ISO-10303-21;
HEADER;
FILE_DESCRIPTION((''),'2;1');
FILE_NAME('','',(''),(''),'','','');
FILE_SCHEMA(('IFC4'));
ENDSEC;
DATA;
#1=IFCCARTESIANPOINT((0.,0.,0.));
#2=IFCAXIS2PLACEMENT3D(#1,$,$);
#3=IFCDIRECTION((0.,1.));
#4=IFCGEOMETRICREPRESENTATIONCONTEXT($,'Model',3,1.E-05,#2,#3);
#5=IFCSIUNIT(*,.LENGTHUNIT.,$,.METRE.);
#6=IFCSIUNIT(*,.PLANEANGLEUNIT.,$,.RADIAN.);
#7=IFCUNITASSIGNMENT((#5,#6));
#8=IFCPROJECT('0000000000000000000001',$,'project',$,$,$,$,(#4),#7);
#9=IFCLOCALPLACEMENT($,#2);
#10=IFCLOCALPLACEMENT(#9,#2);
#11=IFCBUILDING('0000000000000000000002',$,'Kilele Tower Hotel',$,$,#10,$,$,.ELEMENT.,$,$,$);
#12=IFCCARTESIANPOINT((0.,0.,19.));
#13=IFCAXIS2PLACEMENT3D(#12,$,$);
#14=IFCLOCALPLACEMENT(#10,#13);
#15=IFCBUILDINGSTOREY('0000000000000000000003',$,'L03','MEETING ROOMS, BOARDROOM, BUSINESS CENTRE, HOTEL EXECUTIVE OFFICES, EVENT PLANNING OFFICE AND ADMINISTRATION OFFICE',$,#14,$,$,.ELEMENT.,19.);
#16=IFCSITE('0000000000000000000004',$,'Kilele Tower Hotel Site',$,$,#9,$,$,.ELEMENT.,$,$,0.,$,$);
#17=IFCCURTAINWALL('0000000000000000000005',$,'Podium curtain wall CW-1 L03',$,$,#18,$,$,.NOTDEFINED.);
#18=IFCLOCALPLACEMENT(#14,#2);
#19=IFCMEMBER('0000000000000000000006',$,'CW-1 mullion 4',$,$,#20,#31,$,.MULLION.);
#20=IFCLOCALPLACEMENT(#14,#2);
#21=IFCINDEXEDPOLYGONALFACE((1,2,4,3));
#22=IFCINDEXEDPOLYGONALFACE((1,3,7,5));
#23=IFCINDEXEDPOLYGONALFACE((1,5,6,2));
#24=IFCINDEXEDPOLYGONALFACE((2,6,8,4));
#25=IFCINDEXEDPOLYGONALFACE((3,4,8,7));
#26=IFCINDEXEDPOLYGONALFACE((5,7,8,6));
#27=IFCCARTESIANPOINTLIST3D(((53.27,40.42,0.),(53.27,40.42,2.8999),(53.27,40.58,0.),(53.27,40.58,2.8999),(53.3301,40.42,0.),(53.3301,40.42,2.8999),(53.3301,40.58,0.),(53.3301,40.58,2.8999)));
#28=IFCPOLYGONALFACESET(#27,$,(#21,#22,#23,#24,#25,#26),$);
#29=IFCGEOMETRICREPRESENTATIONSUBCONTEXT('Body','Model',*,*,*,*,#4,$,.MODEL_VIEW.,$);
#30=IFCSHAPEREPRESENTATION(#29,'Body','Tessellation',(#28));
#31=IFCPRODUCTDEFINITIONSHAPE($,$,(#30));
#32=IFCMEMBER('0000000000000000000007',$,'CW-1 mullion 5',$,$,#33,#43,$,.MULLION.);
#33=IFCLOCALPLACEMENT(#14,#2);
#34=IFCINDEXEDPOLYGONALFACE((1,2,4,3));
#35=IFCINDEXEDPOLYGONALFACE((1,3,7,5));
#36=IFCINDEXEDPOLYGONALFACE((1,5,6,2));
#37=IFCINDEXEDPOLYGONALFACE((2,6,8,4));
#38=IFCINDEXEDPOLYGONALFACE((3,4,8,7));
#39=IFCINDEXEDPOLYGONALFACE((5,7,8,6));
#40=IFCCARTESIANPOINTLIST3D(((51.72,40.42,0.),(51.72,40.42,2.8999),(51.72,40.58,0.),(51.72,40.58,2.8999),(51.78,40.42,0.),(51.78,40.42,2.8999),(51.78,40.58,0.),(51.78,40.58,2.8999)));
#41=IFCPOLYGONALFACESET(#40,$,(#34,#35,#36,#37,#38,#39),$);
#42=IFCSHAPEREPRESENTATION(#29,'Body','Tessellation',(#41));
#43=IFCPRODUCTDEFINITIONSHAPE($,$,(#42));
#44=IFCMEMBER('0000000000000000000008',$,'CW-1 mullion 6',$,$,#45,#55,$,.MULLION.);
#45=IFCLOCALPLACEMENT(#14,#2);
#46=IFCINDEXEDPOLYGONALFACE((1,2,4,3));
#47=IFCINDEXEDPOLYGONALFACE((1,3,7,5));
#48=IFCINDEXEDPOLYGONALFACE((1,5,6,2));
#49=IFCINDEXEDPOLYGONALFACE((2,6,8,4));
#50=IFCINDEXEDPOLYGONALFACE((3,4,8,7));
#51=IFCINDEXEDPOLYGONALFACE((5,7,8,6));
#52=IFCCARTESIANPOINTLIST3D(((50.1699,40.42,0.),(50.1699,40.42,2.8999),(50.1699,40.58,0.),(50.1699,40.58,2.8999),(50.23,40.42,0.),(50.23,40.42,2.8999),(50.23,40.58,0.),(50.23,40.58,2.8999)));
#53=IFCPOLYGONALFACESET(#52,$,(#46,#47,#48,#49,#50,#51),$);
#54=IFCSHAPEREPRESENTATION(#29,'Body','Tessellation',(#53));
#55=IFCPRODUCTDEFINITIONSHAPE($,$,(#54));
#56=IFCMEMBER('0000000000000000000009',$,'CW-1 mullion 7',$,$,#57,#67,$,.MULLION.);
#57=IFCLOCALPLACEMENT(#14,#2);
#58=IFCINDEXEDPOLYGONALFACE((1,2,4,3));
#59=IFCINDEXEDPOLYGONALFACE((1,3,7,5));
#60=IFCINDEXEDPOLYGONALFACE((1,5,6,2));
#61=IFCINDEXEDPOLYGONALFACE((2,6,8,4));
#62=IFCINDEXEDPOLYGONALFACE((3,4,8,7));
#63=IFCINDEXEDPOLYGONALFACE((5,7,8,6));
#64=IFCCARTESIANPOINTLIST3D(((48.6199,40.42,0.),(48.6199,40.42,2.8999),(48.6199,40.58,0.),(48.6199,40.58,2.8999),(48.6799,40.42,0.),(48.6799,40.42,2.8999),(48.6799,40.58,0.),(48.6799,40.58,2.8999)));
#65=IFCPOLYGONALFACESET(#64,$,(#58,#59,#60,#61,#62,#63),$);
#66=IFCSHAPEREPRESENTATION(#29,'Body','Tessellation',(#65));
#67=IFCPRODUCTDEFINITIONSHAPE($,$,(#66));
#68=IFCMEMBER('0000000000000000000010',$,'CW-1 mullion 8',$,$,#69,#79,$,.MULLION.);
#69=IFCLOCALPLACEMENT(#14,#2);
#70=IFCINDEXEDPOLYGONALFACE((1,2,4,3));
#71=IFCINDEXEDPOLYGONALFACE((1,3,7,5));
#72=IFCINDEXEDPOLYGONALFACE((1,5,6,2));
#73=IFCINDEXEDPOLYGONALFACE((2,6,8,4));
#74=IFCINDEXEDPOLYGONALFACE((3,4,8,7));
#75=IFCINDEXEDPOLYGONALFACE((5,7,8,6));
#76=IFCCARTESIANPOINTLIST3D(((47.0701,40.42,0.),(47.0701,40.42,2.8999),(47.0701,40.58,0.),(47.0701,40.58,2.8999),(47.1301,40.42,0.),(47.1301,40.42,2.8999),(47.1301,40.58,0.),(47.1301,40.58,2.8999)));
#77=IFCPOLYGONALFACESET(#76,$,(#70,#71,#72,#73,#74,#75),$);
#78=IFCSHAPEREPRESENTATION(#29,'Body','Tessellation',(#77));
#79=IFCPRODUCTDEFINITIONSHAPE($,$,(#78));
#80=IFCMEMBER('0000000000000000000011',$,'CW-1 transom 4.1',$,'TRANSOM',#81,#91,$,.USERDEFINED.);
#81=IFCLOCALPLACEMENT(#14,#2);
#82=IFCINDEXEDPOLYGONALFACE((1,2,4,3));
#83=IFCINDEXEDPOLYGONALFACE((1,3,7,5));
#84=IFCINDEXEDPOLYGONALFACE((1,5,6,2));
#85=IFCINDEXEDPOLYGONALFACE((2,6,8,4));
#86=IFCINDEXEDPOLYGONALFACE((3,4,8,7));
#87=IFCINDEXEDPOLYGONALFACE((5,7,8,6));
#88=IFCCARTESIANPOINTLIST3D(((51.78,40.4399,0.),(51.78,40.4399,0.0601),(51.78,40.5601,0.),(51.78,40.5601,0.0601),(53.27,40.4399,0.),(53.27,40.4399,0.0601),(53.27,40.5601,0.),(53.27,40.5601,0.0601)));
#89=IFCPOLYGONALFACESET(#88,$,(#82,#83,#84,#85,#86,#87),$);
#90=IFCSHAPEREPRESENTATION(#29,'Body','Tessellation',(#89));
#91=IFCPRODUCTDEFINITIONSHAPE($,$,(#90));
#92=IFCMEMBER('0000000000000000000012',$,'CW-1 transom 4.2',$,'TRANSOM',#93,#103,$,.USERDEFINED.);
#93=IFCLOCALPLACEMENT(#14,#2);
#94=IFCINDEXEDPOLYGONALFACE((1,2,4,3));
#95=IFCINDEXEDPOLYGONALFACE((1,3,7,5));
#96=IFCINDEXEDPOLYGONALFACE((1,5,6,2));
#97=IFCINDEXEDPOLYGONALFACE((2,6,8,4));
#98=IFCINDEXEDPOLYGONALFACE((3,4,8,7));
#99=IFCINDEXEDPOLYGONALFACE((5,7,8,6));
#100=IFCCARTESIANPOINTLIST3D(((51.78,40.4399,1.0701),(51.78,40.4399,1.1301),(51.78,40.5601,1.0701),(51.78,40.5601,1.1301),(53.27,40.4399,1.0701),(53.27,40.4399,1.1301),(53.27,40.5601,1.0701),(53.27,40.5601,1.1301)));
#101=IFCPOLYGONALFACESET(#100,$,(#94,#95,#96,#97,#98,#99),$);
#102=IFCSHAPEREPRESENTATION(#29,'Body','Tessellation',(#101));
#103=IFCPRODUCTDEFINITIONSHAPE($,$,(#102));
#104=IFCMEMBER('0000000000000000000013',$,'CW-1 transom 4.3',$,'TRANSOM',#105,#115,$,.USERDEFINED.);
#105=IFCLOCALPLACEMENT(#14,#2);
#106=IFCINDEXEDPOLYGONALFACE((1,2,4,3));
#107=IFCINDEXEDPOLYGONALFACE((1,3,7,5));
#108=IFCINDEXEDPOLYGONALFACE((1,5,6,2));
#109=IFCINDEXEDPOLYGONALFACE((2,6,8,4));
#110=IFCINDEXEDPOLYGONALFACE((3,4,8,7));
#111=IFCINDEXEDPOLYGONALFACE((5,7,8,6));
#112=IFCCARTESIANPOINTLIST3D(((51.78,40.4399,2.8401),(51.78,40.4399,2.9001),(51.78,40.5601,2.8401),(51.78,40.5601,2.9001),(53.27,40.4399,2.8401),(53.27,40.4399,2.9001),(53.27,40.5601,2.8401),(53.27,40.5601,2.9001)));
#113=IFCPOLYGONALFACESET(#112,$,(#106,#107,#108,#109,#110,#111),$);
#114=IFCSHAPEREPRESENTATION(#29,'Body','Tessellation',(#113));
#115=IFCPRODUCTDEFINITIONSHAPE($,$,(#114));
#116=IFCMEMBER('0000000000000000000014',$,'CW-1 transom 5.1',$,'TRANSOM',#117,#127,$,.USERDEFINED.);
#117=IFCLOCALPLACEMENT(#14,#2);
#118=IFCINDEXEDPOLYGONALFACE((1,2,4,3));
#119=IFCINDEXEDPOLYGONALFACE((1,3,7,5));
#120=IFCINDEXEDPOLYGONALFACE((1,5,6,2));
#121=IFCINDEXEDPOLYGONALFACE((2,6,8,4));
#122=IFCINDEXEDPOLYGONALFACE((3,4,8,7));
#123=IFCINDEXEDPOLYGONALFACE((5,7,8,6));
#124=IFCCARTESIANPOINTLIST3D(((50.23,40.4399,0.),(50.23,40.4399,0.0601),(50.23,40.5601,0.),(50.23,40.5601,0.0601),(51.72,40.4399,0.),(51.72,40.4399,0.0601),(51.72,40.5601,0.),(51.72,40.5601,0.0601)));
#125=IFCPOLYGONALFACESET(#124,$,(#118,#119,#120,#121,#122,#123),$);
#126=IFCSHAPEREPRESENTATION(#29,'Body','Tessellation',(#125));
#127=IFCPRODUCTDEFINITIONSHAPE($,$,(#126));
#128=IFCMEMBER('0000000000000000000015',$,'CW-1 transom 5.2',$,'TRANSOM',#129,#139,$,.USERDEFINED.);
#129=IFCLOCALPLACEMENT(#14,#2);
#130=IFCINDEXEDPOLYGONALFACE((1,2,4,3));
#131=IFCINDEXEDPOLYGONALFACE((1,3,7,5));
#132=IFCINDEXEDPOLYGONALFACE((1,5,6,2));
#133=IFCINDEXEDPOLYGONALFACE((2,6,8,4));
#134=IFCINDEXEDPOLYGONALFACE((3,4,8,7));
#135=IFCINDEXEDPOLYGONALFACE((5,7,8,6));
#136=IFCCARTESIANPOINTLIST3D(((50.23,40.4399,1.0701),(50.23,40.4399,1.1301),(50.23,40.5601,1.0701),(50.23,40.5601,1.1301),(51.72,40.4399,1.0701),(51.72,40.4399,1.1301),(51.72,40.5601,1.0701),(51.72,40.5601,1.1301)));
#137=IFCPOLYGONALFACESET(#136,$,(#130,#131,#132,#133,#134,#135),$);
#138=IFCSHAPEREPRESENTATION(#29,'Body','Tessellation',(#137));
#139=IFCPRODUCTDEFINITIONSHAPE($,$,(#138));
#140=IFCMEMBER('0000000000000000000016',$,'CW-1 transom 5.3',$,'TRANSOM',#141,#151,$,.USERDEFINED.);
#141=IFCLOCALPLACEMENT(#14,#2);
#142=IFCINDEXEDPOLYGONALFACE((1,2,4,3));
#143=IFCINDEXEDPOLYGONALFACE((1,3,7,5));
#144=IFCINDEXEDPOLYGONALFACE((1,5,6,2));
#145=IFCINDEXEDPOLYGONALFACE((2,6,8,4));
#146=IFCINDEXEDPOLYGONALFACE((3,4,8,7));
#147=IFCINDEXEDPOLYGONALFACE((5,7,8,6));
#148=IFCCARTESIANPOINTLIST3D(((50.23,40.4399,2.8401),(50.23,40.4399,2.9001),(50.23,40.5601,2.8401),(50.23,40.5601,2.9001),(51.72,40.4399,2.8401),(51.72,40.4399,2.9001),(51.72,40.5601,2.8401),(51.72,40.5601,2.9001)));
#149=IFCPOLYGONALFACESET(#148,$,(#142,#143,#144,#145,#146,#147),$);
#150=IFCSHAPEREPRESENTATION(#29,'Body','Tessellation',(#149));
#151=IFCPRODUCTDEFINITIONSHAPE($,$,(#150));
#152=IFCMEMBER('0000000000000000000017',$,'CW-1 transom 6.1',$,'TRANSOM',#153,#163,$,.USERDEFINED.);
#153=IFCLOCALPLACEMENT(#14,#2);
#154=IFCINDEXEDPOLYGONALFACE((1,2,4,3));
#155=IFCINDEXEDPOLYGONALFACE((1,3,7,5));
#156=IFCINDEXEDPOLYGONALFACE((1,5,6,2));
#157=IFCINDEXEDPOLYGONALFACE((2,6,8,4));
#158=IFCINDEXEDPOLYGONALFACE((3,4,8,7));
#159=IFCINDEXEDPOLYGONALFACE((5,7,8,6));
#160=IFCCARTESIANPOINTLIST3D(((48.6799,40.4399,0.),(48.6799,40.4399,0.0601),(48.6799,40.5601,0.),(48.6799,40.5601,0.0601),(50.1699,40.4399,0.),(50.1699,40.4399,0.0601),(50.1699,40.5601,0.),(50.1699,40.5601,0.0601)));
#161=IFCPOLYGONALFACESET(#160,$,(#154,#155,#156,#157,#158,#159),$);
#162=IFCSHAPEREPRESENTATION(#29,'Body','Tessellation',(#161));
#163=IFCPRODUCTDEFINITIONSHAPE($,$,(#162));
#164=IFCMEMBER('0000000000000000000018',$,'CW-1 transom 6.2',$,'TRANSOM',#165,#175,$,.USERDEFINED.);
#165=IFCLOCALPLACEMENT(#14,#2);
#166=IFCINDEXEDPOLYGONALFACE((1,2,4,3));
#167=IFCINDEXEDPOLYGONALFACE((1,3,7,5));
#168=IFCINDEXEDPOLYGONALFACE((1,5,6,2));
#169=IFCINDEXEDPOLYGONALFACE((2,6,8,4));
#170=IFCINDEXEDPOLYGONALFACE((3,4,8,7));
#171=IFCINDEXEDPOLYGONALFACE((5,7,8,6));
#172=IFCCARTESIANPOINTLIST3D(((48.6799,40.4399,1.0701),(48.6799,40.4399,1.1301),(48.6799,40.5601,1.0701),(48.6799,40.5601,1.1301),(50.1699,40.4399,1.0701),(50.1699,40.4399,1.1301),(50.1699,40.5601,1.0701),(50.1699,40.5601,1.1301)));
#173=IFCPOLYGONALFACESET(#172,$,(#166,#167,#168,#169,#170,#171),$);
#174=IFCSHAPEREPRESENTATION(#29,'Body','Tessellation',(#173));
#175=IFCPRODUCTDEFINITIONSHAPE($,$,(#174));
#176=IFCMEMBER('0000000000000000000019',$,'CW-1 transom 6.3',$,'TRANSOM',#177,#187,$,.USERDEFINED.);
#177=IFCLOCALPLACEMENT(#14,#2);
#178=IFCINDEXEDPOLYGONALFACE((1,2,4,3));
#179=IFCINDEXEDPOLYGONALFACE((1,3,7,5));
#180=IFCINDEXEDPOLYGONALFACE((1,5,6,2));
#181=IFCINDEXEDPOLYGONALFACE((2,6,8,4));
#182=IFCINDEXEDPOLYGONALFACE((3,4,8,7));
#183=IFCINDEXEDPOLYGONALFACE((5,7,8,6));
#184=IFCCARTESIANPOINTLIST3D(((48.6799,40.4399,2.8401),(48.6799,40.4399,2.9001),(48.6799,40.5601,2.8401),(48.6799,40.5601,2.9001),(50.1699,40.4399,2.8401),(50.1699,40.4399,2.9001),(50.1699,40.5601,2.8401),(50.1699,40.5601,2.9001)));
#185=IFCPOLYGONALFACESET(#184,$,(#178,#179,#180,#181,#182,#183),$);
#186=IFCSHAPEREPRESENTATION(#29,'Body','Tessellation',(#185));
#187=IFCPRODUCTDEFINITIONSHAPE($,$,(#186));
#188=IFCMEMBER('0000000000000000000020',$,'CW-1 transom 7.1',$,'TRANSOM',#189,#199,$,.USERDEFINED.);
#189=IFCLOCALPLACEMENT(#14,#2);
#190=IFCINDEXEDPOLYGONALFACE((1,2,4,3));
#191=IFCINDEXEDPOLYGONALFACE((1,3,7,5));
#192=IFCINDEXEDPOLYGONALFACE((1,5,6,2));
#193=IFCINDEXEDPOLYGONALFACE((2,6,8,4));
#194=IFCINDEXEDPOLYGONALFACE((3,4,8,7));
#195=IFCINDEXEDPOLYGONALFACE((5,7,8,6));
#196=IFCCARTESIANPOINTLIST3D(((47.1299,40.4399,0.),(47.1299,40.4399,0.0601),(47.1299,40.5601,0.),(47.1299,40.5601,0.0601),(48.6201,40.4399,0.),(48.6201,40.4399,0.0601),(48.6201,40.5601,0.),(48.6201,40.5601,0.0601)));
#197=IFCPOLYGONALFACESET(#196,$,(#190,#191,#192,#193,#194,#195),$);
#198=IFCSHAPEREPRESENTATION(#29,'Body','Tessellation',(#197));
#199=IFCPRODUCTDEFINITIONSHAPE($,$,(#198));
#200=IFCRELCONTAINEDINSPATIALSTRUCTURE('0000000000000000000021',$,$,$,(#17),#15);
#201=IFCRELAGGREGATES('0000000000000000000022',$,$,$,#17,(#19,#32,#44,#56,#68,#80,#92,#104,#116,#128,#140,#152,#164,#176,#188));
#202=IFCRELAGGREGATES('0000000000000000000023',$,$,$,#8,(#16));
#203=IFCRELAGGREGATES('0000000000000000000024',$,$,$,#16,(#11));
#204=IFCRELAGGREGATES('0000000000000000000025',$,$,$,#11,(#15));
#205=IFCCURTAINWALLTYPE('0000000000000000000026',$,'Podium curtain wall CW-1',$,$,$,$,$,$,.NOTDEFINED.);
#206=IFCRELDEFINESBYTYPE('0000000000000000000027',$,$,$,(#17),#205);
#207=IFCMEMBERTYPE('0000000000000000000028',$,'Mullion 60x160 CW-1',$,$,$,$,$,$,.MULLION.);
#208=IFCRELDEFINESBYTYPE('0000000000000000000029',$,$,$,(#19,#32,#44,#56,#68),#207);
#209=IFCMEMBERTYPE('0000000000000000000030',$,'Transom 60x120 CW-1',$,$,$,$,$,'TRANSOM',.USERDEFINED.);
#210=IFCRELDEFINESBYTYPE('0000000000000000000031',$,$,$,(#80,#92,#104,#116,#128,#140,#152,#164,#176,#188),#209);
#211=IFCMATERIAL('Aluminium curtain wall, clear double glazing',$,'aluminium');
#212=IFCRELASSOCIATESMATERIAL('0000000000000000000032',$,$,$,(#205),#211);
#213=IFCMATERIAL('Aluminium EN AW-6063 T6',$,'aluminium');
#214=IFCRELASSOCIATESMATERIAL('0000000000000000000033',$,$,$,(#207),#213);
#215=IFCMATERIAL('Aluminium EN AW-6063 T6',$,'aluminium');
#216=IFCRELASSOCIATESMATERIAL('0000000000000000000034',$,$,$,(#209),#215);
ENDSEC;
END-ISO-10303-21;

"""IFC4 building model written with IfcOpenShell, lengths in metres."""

from ifc_helpers import new_model, si_unit, direction, frame, origin, origin_2d, place, context, subcontext, project, spatial, rectangle, extrude, material, material_profile, profile_set, type_object, element, aggregate, save


model = new_model("IFC4")

# Units and contexts
model_context = context("Model", 3, precision=1e-05, world=origin(), true_north=direction((0.0, 1.0)))
body_context = subcontext(model_context, "Body", "Model", "MODEL_VIEW")
ifc_project = project(units=[si_unit("LENGTHUNIT", "METRE"), si_unit("PLANEANGLEUNIT", "RADIAN")], contexts=[model_context])

# Site, building, storey
site_placement = place(None, origin())
site = spatial("IfcSite", under=ifc_project, at=site_placement, Name="Kilele Tower Hotel Site", CompositionType="ELEMENT", RefElevation=0.0)
building_placement = place(site_placement, origin())
building = spatial("IfcBuilding", under=site, at=building_placement, Name="Kilele Tower Hotel", CompositionType="ELEMENT")
storey_placement = place(building_placement, frame((0.0, 0.0, 19.0)))
storey = spatial("IfcBuildingStorey", under=building, at=storey_placement, Name="L03", Description="MEETING ROOMS, BOARDROOM, BUSINESS CENTRE, HOTEL EXECUTIVE OFFICES, EVENT PLANNING OFFICE AND ADMINISTRATION OFFICE", CompositionType="ELEMENT", Elevation=19.0)

# Curtain wall, members
ifc_material_1 = material(Name="Aluminium curtain wall, clear double glazing", Category="aluminium")
curtain_wall_type = type_object("IfcCurtainWallType", Name="Podium curtain wall CW-1", PredefinedType="NOTDEFINED", material=ifc_material_1)
curtain_wall_placement = place(storey_placement, origin())
curtain_wall = element("IfcCurtainWall", 1, at=curtain_wall_placement, inside=storey, type_object=curtain_wall_type, Name="Podium curtain wall CW-1 L03", PredefinedType="NOTDEFINED")
ifc_material_2 = material(Name="Aluminium EN AW-6063 T6", Category="aluminium")
ifc_material_profile_1 = material_profile(ifc_material_2, rectangle(XDim=0.1599, YDim=0.0601, at=origin_2d()))
ifc_profile_set_1 = profile_set([ifc_material_profile_1], Name="Aluminium EN AW-6063 T6")
member_type_1 = type_object("IfcMemberType", Name="Mullion 60x160 CW-1", PredefinedType="MULLION", material=ifc_profile_set_1)
member_1_placement = place(storey_placement, frame((53.3, 40.5, 0.0), z_axis=(0.0, 0.0, 1.0), x_axis=(0.0, -1.0, 0.0)))
member_1 = element("IfcMember", 2, at=member_1_placement, type_object=member_type_1, Name="CW-1 mullion 4", PredefinedType="MULLION", context=body_context, shape_type="SweptSolid", body=[
    extrude(rectangle(XDim=0.1599, YDim=0.0601, at=origin_2d()), origin(), (0.0, 0.0, 1.0), 2.8999),
])
member_2_placement = place(storey_placement, frame((51.75, 40.5, 0.0), z_axis=(0.0, 0.0, 1.0), x_axis=(0.0, -1.0, 0.0)))
member_2 = element("IfcMember", 3, at=member_2_placement, type_object=member_type_1, Name="CW-1 mullion 5", PredefinedType="MULLION", context=body_context, shape_type="SweptSolid", body=[
    extrude(rectangle(XDim=0.1599, YDim=0.0601, at=origin_2d()), origin(), (0.0, 0.0, 1.0), 2.8999),
])
member_3_placement = place(storey_placement, frame((50.2, 40.5, 0.0), z_axis=(0.0, 0.0, 1.0), x_axis=(0.0, -1.0, 0.0)))
member_3 = element("IfcMember", 4, at=member_3_placement, type_object=member_type_1, Name="CW-1 mullion 6", PredefinedType="MULLION", context=body_context, shape_type="SweptSolid", body=[
    extrude(rectangle(XDim=0.1599, YDim=0.0601, at=origin_2d()), origin(), (0.0, 0.0, 1.0), 2.8999),
])
member_4_placement = place(storey_placement, frame((48.6499, 40.5, 0.0), z_axis=(0.0, 0.0, 1.0), x_axis=(0.0, -1.0, 0.0)))
member_4 = element("IfcMember", 5, at=member_4_placement, type_object=member_type_1, Name="CW-1 mullion 7", PredefinedType="MULLION", context=body_context, shape_type="SweptSolid", body=[
    extrude(rectangle(XDim=0.1599, YDim=0.0601, at=origin_2d()), origin(), (0.0, 0.0, 1.0), 2.8999),
])
member_5_placement = place(storey_placement, frame((47.1001, 40.5, 0.0), z_axis=(0.0, 0.0, 1.0), x_axis=(0.0, -1.0, 0.0)))
member_5 = element("IfcMember", 6, at=member_5_placement, type_object=member_type_1, Name="CW-1 mullion 8", PredefinedType="MULLION", context=body_context, shape_type="SweptSolid", body=[
    extrude(rectangle(XDim=0.1599, YDim=0.0601, at=origin_2d()), origin(), (0.0, 0.0, 1.0), 2.8999),
])
ifc_material_3 = material(Name="Aluminium EN AW-6063 T6", Category="aluminium")
ifc_material_profile_2 = material_profile(ifc_material_3, rectangle(XDim=0.1201, YDim=0.0601, at=origin_2d()))
ifc_profile_set_2 = profile_set([ifc_material_profile_2], Name="Aluminium EN AW-6063 T6")
member_type_2 = type_object("IfcMemberType", Name="Transom 60x120 CW-1", ElementType="TRANSOM", PredefinedType="USERDEFINED", material=ifc_profile_set_2)
member_6_placement = place(storey_placement, frame((53.27, 40.5, 0.03), z_axis=(-1.0, 0.0, 0.0), x_axis=(0.0, -1.0, 0.0)))
member_6 = element("IfcMember", 7, at=member_6_placement, type_object=member_type_2, Name="CW-1 transom 4.1", ObjectType="TRANSOM", PredefinedType="USERDEFINED", context=body_context, shape_type="SweptSolid", body=[
    extrude(rectangle(XDim=0.1201, YDim=0.0601, at=origin_2d()), origin(), (0.0, 0.0, 1.0), 1.49),
])
member_7_placement = place(storey_placement, frame((53.27, 40.5, 1.1001), z_axis=(-1.0, 0.0, 0.0), x_axis=(0.0, -1.0, 0.0)))
member_7 = element("IfcMember", 8, at=member_7_placement, type_object=member_type_2, Name="CW-1 transom 4.2", ObjectType="TRANSOM", PredefinedType="USERDEFINED", context=body_context, shape_type="SweptSolid", body=[
    extrude(rectangle(XDim=0.1201, YDim=0.0601, at=origin_2d()), origin(), (0.0, 0.0, 1.0), 1.49),
])
member_8_placement = place(storey_placement, frame((53.27, 40.5, 2.8701), z_axis=(-1.0, 0.0, 0.0), x_axis=(0.0, -1.0, 0.0)))
member_8 = element("IfcMember", 9, at=member_8_placement, type_object=member_type_2, Name="CW-1 transom 4.3", ObjectType="TRANSOM", PredefinedType="USERDEFINED", context=body_context, shape_type="SweptSolid", body=[
    extrude(rectangle(XDim=0.1201, YDim=0.0601, at=origin_2d()), origin(), (0.0, 0.0, 1.0), 1.49),
])
member_9_placement = place(storey_placement, frame((51.72, 40.5, 0.03), z_axis=(-1.0, 0.0, 0.0), x_axis=(0.0, -1.0, 0.0)))
member_9 = element("IfcMember", 10, at=member_9_placement, type_object=member_type_2, Name="CW-1 transom 5.1", ObjectType="TRANSOM", PredefinedType="USERDEFINED", context=body_context, shape_type="SweptSolid", body=[
    extrude(rectangle(XDim=0.1201, YDim=0.0601, at=origin_2d()), origin(), (0.0, 0.0, 1.0), 1.49),
])
member_10_placement = place(storey_placement, frame((51.72, 40.5, 1.1001), z_axis=(-1.0, 0.0, 0.0), x_axis=(0.0, -1.0, 0.0)))
member_10 = element("IfcMember", 11, at=member_10_placement, type_object=member_type_2, Name="CW-1 transom 5.2", ObjectType="TRANSOM", PredefinedType="USERDEFINED", context=body_context, shape_type="SweptSolid", body=[
    extrude(rectangle(XDim=0.1201, YDim=0.0601, at=origin_2d()), origin(), (0.0, 0.0, 1.0), 1.49),
])
member_11_placement = place(storey_placement, frame((51.72, 40.5, 2.8701), z_axis=(-1.0, 0.0, 0.0), x_axis=(0.0, -1.0, 0.0)))
member_11 = element("IfcMember", 12, at=member_11_placement, type_object=member_type_2, Name="CW-1 transom 5.3", ObjectType="TRANSOM", PredefinedType="USERDEFINED", context=body_context, shape_type="SweptSolid", body=[
    extrude(rectangle(XDim=0.1201, YDim=0.0601, at=origin_2d()), origin(), (0.0, 0.0, 1.0), 1.49),
])
member_12_placement = place(storey_placement, frame((50.1699, 40.5, 0.03), z_axis=(-1.0, 0.0, 0.0), x_axis=(0.0, -1.0, 0.0)))
member_12 = element("IfcMember", 13, at=member_12_placement, type_object=member_type_2, Name="CW-1 transom 6.1", ObjectType="TRANSOM", PredefinedType="USERDEFINED", context=body_context, shape_type="SweptSolid", body=[
    extrude(rectangle(XDim=0.1201, YDim=0.0601, at=origin_2d()), origin(), (0.0, 0.0, 1.0), 1.49),
])
member_13_placement = place(storey_placement, frame((50.1699, 40.5, 1.1001), z_axis=(-1.0, 0.0, 0.0), x_axis=(0.0, -1.0, 0.0)))
member_13 = element("IfcMember", 14, at=member_13_placement, type_object=member_type_2, Name="CW-1 transom 6.2", ObjectType="TRANSOM", PredefinedType="USERDEFINED", context=body_context, shape_type="SweptSolid", body=[
    extrude(rectangle(XDim=0.1201, YDim=0.0601, at=origin_2d()), origin(), (0.0, 0.0, 1.0), 1.49),
])
member_14_placement = place(storey_placement, frame((50.1699, 40.5, 2.8701), z_axis=(-1.0, 0.0, 0.0), x_axis=(0.0, -1.0, 0.0)))
member_14 = element("IfcMember", 15, at=member_14_placement, type_object=member_type_2, Name="CW-1 transom 6.3", ObjectType="TRANSOM", PredefinedType="USERDEFINED", context=body_context, shape_type="SweptSolid", body=[
    extrude(rectangle(XDim=0.1201, YDim=0.0601, at=origin_2d()), origin(), (0.0, 0.0, 1.0), 1.49),
])
member_15_placement = place(storey_placement, frame((48.6201, 40.5, 0.03), z_axis=(-1.0, 0.0, 0.0), x_axis=(0.0, -1.0, 0.0)))
member_15 = element("IfcMember", 16, at=member_15_placement, type_object=member_type_2, Name="CW-1 transom 7.1", ObjectType="TRANSOM", PredefinedType="USERDEFINED", context=body_context, shape_type="SweptSolid", body=[
    extrude(rectangle(XDim=0.1201, YDim=0.0601, at=origin_2d()), origin(), (0.0, 0.0, 1.0), 1.4902),
])
aggregate(curtain_wall, [member_1, member_2, member_3, member_4, member_5, member_6, member_7, member_8, member_9, member_10, member_11, member_12, member_13, member_14, member_15])

save(model, "model.ifc")
